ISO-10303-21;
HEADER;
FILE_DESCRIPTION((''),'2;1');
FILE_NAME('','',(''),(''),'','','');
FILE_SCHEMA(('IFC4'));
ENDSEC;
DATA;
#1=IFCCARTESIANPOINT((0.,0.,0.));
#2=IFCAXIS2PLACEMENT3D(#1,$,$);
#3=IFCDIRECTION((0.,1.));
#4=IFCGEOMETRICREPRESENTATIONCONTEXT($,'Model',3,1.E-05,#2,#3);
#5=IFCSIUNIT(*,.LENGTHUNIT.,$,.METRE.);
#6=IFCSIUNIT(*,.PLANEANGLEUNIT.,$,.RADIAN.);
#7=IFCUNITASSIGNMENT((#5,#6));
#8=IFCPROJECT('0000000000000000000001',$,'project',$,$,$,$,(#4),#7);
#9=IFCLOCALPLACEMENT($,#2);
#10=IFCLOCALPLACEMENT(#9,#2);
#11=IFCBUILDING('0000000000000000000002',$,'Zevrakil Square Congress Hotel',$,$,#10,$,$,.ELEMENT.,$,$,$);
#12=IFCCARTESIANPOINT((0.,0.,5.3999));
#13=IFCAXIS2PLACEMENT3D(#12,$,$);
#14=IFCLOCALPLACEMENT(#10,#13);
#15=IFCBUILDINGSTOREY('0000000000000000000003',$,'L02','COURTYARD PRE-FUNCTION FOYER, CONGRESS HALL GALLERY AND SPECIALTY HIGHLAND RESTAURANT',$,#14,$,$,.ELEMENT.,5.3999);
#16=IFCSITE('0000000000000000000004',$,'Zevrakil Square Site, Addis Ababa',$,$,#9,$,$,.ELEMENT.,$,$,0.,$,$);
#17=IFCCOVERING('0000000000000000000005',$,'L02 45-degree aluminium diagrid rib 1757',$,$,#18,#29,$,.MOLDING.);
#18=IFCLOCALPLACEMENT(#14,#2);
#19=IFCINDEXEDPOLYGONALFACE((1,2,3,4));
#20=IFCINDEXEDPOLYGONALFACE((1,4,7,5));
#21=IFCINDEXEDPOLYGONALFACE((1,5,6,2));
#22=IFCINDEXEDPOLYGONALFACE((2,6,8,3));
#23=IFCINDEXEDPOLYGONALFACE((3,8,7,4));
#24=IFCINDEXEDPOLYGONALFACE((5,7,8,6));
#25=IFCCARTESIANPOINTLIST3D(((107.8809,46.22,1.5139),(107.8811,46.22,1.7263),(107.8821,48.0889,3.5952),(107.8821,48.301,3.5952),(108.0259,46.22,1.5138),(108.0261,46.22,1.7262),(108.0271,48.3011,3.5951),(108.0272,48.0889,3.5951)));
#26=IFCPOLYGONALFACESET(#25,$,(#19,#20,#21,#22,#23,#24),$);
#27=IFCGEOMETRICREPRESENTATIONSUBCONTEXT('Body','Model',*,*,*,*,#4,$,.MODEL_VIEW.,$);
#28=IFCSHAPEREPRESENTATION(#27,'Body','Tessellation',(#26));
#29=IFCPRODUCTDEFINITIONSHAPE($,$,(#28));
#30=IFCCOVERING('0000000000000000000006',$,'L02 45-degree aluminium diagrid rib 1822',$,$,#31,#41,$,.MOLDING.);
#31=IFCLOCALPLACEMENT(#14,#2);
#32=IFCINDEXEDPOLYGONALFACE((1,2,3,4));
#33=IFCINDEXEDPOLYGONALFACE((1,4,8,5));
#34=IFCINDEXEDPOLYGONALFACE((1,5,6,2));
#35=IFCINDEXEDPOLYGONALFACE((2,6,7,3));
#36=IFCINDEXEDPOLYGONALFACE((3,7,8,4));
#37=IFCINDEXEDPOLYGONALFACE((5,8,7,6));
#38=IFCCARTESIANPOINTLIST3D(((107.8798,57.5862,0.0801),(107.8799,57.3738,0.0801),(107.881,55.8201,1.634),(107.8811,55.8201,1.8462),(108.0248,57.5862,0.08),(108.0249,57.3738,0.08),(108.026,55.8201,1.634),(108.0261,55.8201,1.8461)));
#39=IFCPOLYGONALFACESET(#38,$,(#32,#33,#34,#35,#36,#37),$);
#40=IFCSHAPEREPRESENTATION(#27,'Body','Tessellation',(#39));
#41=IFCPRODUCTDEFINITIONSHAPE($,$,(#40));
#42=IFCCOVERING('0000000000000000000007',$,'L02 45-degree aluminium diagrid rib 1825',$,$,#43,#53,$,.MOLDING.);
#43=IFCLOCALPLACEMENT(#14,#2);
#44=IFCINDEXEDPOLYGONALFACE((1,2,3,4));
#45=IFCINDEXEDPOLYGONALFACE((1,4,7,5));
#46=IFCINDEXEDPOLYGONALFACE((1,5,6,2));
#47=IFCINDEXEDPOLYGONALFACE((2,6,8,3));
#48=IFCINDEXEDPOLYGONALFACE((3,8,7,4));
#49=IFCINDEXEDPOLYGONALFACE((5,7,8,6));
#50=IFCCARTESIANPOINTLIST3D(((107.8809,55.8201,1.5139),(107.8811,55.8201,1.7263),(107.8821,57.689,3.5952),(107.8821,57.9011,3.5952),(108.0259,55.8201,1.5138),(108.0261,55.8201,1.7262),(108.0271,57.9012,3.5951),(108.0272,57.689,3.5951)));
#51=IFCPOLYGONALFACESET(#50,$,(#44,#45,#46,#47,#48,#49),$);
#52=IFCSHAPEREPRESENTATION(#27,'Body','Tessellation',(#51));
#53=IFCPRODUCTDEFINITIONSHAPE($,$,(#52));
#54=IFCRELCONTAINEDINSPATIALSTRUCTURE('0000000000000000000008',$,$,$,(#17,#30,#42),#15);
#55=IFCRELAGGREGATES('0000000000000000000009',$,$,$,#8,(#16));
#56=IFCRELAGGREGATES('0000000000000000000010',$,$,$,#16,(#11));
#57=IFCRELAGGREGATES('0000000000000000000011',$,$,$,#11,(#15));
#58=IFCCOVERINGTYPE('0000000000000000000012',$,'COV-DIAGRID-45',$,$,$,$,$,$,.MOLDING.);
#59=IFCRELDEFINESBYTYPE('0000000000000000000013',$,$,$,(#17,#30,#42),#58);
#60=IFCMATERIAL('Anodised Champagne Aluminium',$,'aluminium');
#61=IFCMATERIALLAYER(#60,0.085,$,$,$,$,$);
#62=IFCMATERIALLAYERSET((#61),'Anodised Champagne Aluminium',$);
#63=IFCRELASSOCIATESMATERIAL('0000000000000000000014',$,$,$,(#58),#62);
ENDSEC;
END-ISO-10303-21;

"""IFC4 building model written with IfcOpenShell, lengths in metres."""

from ifc_helpers import new_model, si_unit, direction, frame, origin, place, context, subcontext, project, spatial, polyline, outline, extrude, material, layer, layer_set, type_object, element, save


model = new_model("IFC4")

# Units and contexts
model_context = context("Model", 3, precision=1e-05, world=origin(), true_north=direction((0.0, 1.0)))
body_context = subcontext(model_context, "Body", "Model", "MODEL_VIEW")
ifc_project = project(units=[si_unit("LENGTHUNIT", "METRE"), si_unit("PLANEANGLEUNIT", "RADIAN")], contexts=[model_context])

# Site, building, storey
site_placement = place(None, origin())
site = spatial("IfcSite", under=ifc_project, at=site_placement, Name="Zevrakil Square Site, Addis Ababa", CompositionType="ELEMENT", RefElevation=0.0)
building_placement = place(site_placement, origin())
building = spatial("IfcBuilding", under=site, at=building_placement, Name="Zevrakil Square Congress Hotel", CompositionType="ELEMENT")
storey_placement = place(building_placement, frame((0.0, 0.0, 5.3999)))
storey = spatial("IfcBuildingStorey", under=building, at=storey_placement, Name="L02", Description="COURTYARD PRE-FUNCTION FOYER, CONGRESS HALL GALLERY AND SPECIALTY HIGHLAND RESTAURANT", CompositionType="ELEMENT", Elevation=5.3999)

# Coverings
ifc_material_1 = material(Name="Anodised Champagne Aluminium", Category="aluminium")
ifc_layer_1 = layer(ifc_material_1, 0.085)
ifc_layer_set_1 = layer_set([ifc_layer_1], Name="Anodised Champagne Aluminium")
covering_type_1 = type_object("IfcCoveringType", Name="COV-DIAGRID-45", PredefinedType="MOLDING", material=ifc_layer_set_1)
covering_1_placement = place(storey_placement, frame((107.8821, 48.301, 3.5952), z_axis=(-1.0, -0.000297, 0.000853), x_axis=(0.000297, -1.0, 0.0)))
element("IfcCovering", 1, at=covering_1_placement, inside=storey, type_object=covering_type_1, Name="L02 45-degree aluminium diagrid rib 1757", PredefinedType="MOLDING", context=body_context, shape_type="SweptSolid", body=[
    extrude(outline(polyline([(0.0, 0.0), (0.2122, 0.0), (2.0811, -1.8689), (2.0811, -2.0813), (0.0, 0.0)])), origin(), (0.0, 0.0, -1.0), 0.145),
])
covering_2_placement = place(storey_placement, frame((107.8799, 57.3738, 0.0801), z_axis=(-1.0, -0.000367, 0.000368), x_axis=(-0.000367, 1.0, 0.0)))
element("IfcCovering", 2, at=covering_2_placement, inside=storey, type_object=covering_type_1, Name="L02 45-degree aluminium diagrid rib 1822", PredefinedType="MOLDING", context=body_context, shape_type="SweptSolid", body=[
    extrude(outline(polyline([(0.0, 0.0), (0.2124, 0.0), (-1.5537, -1.7661), (-1.5537, -1.554), (0.0, 0.0)])), origin(), (0.0, 0.0, -1.0), 0.145),
])
covering_3_placement = place(storey_placement, frame((107.8821, 57.9011, 3.5952), z_axis=(-1.0, -0.000297, 0.000853), x_axis=(0.000297, -1.0, 0.0)))
element("IfcCovering", 3, at=covering_3_placement, inside=storey, type_object=covering_type_1, Name="L02 45-degree aluminium diagrid rib 1825", PredefinedType="MOLDING", context=body_context, shape_type="SweptSolid", body=[
    extrude(outline(polyline([(0.0, 0.0), (0.2122, 0.0), (2.0811, -1.8689), (2.0811, -2.0813), (0.0, 0.0)])), origin(), (0.0, 0.0, -1.0), 0.145),
])

save(model, "model.ifc")
